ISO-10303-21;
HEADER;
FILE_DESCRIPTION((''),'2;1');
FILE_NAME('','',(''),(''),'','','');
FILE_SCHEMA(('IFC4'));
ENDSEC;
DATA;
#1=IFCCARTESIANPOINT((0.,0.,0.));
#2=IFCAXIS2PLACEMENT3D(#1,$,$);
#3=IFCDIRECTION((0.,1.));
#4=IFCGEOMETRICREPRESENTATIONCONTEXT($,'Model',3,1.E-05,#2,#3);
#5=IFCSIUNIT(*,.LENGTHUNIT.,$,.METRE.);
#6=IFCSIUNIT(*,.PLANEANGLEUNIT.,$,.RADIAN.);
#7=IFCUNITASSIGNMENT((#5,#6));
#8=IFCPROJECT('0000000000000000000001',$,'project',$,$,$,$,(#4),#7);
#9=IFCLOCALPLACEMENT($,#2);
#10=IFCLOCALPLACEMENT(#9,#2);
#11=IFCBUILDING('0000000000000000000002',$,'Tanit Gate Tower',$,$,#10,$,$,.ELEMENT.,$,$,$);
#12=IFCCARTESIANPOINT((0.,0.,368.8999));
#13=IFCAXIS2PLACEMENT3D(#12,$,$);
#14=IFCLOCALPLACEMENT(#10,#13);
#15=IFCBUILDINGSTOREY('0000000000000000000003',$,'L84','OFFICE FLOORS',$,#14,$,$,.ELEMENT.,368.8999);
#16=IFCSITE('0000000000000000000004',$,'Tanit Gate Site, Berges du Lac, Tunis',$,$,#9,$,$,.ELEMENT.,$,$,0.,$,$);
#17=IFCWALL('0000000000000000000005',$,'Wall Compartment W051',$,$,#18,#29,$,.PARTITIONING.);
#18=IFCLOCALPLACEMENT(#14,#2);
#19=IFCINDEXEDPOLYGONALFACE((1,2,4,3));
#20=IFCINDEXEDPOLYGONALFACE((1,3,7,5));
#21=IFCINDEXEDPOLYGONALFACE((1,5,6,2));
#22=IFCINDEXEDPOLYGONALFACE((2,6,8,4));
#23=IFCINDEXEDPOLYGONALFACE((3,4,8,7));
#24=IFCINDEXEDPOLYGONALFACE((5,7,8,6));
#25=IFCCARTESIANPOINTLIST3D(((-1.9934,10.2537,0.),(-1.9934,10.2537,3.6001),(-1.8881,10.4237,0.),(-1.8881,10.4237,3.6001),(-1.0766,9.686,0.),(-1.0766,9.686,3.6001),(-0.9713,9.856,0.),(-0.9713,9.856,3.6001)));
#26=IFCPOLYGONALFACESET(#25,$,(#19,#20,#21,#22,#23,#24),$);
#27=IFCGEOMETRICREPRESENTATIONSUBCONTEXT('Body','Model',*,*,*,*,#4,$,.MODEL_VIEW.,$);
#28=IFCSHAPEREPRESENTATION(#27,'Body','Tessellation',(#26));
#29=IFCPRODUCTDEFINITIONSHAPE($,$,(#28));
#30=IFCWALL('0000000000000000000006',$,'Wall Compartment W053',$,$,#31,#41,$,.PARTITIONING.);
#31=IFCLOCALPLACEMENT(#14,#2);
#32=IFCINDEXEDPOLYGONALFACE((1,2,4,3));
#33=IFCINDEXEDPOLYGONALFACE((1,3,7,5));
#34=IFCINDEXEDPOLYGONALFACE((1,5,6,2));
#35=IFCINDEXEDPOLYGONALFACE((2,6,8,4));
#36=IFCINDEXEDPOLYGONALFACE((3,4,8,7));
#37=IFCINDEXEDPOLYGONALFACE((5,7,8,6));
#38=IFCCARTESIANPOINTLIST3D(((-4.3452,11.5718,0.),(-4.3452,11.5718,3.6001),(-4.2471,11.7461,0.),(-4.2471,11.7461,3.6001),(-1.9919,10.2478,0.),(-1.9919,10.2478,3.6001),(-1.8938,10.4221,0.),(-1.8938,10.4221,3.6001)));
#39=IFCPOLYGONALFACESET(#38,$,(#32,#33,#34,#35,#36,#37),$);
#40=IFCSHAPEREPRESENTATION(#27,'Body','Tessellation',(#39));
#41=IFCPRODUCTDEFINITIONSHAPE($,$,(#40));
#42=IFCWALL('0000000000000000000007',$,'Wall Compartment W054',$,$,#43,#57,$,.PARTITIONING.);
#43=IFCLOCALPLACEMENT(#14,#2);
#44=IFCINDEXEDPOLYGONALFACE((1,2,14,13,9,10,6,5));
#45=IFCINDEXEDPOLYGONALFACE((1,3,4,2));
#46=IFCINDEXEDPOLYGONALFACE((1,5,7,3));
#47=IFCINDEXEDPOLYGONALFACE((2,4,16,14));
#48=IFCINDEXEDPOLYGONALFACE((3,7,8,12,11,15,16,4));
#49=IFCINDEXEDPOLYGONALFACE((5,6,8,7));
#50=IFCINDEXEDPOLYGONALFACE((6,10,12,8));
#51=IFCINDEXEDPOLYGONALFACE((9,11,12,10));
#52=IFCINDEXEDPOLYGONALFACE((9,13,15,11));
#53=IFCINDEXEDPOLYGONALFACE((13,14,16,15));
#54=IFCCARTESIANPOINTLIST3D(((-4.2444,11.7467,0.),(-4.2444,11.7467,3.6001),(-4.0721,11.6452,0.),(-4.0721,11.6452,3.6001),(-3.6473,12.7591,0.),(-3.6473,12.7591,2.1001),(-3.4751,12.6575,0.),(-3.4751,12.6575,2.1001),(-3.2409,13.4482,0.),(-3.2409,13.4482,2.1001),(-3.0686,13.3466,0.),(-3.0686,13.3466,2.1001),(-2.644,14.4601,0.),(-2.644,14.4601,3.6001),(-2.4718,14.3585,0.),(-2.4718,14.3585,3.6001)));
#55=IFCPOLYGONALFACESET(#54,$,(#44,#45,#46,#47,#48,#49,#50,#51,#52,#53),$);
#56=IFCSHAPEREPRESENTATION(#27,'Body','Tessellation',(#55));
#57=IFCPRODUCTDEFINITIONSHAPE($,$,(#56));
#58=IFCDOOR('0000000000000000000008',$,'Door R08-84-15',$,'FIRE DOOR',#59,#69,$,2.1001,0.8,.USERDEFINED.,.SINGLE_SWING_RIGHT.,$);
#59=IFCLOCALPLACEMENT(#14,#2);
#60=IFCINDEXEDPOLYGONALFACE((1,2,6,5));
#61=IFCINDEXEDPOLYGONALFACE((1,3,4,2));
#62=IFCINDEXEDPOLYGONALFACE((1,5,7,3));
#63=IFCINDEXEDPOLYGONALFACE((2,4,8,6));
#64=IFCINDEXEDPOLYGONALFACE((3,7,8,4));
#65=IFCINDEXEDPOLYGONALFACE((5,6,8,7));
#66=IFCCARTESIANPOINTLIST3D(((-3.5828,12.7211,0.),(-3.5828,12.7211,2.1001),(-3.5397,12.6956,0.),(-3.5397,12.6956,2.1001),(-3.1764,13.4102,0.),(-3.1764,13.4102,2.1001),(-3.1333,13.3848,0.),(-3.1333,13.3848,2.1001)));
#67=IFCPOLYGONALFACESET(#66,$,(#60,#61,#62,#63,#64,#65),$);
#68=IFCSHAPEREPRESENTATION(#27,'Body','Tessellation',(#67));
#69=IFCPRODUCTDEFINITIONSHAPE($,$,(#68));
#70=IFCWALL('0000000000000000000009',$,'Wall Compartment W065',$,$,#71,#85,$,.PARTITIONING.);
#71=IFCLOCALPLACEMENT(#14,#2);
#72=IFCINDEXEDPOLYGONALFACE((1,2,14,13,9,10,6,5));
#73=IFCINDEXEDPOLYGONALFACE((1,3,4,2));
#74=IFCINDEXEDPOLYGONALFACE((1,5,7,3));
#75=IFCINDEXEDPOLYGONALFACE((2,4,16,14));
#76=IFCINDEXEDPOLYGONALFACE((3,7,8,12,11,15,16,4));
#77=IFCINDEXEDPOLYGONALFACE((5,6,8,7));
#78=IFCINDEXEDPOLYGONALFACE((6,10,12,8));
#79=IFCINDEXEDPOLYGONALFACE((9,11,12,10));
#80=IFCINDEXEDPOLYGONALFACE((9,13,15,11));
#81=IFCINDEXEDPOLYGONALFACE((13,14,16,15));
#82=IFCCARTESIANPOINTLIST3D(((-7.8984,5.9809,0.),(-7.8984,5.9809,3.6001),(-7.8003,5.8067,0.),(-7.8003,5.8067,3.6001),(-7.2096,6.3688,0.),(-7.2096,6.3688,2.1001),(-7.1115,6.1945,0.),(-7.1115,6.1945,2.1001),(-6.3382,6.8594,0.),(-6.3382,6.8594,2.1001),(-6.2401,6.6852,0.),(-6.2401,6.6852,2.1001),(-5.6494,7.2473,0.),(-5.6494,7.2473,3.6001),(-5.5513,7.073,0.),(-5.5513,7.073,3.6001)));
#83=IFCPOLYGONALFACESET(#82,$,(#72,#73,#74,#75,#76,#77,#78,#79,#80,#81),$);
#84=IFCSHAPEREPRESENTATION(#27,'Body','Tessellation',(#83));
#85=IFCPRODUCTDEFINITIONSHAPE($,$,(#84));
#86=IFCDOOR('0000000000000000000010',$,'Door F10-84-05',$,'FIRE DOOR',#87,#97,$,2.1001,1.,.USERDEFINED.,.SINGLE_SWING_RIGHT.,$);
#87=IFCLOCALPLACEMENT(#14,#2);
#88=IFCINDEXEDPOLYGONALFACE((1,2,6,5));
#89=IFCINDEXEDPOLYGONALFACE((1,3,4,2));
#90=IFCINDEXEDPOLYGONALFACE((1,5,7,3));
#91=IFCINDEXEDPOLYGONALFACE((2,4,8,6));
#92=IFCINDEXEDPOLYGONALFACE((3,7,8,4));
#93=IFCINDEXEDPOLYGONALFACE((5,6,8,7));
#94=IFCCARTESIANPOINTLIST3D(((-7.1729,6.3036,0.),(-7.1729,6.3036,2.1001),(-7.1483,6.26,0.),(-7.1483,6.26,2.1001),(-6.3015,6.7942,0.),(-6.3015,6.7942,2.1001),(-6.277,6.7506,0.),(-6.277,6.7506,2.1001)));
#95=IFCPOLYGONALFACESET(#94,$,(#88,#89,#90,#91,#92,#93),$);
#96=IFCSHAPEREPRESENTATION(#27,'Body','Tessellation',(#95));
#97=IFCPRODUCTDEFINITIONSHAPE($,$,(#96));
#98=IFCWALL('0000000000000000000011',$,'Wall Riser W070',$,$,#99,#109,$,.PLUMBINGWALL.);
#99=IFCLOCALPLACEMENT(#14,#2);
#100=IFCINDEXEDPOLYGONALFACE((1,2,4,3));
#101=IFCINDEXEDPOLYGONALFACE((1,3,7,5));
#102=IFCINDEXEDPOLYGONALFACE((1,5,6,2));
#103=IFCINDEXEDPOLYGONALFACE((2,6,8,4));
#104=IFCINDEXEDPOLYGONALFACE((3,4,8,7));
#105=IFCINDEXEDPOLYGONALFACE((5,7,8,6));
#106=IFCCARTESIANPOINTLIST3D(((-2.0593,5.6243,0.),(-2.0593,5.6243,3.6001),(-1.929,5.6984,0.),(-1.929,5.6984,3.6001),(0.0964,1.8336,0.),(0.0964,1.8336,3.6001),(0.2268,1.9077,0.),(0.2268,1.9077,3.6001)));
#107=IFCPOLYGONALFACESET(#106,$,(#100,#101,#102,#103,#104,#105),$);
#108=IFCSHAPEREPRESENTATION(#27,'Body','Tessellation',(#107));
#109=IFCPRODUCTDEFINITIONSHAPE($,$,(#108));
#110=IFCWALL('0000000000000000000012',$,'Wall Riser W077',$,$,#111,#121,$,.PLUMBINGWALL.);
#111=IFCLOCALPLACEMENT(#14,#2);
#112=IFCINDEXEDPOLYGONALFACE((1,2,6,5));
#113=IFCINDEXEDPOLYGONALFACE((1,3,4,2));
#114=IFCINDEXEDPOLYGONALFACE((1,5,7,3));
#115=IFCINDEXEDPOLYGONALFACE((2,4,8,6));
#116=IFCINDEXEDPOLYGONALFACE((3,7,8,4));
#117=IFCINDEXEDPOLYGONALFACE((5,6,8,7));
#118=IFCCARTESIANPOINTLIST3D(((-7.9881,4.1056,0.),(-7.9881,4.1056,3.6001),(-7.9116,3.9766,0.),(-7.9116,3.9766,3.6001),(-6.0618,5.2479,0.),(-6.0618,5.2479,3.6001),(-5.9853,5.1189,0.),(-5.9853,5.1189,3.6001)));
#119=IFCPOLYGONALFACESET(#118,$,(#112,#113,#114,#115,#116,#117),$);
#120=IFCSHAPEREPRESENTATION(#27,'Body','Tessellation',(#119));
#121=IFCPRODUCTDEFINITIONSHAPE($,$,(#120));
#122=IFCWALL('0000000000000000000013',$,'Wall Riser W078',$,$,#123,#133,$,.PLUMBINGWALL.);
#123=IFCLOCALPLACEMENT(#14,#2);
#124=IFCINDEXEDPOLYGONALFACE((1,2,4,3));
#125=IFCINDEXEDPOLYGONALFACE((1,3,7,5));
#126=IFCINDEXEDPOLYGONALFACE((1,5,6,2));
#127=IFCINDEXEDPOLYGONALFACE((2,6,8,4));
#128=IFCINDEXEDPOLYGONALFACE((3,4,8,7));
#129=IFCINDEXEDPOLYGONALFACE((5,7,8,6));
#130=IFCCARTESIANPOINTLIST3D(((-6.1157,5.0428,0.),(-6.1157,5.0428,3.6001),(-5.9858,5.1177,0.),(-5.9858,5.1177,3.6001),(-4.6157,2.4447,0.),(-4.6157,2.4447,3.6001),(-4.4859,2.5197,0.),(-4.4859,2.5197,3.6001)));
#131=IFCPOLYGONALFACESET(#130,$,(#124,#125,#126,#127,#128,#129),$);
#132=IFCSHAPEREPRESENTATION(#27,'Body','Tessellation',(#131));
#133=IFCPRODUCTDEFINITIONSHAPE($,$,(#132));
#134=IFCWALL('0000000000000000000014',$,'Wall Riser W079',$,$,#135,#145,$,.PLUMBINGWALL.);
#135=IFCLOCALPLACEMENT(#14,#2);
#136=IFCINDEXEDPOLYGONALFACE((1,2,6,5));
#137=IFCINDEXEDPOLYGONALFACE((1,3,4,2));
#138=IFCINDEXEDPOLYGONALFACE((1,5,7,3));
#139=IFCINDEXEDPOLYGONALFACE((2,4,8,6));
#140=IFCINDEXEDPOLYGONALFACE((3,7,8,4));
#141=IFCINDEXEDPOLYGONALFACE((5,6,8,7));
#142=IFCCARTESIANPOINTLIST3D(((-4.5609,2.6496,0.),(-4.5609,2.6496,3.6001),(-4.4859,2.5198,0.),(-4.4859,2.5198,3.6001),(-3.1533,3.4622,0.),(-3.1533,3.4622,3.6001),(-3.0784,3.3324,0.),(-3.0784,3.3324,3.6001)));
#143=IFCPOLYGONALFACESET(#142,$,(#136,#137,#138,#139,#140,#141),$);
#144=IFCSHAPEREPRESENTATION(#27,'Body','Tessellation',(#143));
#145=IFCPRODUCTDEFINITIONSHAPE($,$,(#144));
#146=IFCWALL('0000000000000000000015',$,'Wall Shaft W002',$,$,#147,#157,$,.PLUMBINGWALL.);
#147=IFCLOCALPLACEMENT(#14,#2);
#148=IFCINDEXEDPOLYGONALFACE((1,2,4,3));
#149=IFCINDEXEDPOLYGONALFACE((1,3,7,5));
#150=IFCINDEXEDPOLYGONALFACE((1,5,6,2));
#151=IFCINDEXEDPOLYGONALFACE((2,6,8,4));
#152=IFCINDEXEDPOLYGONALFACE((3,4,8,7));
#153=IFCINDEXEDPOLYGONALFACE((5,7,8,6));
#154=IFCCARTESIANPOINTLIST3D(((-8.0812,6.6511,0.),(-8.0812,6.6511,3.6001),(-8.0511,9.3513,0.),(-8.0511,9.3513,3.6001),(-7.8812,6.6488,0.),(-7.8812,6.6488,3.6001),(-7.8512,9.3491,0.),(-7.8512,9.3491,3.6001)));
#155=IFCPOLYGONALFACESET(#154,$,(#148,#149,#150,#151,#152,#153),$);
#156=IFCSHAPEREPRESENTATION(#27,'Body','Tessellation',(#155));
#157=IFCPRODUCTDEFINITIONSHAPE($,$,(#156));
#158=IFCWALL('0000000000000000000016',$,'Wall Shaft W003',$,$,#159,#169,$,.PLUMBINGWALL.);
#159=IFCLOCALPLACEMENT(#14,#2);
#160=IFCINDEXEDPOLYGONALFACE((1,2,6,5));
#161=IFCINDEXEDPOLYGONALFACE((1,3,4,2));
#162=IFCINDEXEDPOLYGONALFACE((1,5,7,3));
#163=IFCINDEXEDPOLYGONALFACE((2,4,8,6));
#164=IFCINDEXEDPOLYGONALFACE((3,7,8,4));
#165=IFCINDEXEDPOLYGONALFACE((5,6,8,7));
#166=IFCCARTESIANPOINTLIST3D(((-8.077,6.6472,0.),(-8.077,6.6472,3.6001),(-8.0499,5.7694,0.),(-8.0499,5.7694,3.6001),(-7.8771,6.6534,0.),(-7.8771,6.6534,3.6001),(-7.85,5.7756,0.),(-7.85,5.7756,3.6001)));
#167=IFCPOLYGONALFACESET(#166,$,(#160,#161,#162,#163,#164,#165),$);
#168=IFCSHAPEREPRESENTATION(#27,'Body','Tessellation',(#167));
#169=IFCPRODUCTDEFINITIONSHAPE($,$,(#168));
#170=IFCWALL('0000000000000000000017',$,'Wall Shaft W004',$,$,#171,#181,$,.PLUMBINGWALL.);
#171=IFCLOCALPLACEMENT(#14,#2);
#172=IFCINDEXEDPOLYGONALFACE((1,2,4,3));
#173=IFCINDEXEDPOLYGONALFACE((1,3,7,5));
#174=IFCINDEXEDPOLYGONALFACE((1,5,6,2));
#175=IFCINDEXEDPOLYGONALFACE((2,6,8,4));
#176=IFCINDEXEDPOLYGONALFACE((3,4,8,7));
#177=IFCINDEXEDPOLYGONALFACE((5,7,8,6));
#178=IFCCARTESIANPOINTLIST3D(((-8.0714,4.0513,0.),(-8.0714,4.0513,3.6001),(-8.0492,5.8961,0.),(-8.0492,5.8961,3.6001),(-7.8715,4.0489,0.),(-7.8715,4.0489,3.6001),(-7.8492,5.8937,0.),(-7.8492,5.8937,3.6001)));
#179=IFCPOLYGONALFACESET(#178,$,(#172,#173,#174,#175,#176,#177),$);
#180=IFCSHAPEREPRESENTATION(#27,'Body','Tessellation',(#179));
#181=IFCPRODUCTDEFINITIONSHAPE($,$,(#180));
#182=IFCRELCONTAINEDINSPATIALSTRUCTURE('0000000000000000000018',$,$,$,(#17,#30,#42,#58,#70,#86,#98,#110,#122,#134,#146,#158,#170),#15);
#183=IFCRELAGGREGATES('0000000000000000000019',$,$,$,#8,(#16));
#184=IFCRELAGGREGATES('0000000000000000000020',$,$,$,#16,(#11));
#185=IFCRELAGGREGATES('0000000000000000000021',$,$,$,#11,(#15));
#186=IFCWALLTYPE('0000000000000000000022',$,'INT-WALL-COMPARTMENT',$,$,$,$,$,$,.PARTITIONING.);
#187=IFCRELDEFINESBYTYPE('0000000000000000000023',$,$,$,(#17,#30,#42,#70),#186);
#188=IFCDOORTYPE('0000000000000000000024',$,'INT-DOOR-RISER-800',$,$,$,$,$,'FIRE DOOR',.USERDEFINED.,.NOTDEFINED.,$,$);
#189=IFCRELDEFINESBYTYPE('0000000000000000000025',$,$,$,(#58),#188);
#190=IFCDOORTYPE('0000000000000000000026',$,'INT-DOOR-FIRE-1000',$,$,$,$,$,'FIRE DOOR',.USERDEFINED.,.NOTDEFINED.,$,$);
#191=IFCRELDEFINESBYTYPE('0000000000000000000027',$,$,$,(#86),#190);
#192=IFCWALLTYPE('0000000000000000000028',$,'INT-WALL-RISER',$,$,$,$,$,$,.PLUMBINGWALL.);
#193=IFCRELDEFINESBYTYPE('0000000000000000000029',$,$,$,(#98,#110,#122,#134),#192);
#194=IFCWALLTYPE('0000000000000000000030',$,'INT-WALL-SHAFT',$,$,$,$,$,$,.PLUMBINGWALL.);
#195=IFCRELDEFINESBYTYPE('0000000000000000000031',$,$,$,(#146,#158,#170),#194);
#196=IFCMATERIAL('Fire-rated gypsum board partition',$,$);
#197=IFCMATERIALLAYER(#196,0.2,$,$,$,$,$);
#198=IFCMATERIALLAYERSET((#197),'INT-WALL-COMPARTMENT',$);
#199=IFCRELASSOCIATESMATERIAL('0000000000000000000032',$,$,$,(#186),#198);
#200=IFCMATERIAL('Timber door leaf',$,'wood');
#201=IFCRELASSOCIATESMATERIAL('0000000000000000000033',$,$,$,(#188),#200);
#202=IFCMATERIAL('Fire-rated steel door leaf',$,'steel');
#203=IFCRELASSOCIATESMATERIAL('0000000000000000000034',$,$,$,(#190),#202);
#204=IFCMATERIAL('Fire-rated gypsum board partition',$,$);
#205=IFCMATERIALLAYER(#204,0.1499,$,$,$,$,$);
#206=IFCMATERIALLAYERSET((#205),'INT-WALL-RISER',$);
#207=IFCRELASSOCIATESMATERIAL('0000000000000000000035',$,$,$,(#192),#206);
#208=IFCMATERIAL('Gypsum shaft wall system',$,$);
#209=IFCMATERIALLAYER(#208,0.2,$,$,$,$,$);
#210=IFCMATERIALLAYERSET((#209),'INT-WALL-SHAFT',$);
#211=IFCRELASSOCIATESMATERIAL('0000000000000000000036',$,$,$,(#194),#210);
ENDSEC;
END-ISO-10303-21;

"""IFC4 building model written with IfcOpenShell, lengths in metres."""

from ifc_helpers import new_model, si_unit, direction, frame, frame_2d, origin, place, context, subcontext, project, spatial, rectangle, extrude, material, layer, layer_set, type_object, element, fill, save


model = new_model("IFC4")

# Units and contexts
model_context = context("Model", 3, precision=1e-05, world=origin(), true_north=direction((0.0, 1.0)))
body_context = subcontext(model_context, "Body", "Model", "MODEL_VIEW")
ifc_project = project(units=[si_unit("LENGTHUNIT", "METRE"), si_unit("PLANEANGLEUNIT", "RADIAN")], contexts=[model_context])

# Site, building, storey
site_placement = place(None, origin())
site = spatial("IfcSite", under=ifc_project, at=site_placement, Name="Tanit Gate Site, Berges du Lac, Tunis", CompositionType="ELEMENT", RefElevation=0.0)
building_placement = place(site_placement, origin())
building = spatial("IfcBuilding", under=site, at=building_placement, Name="Tanit Gate Tower", CompositionType="ELEMENT")
storey_placement = place(building_placement, frame((0.0, 0.0, 368.8999)))
storey = spatial("IfcBuildingStorey", under=building, at=storey_placement, Name="L84", Description="OFFICE FLOORS", CompositionType="ELEMENT", Elevation=368.8999)

# Walls
ifc_material_1 = material(Name="Fire-rated gypsum board partition")
ifc_layer_1 = layer(ifc_material_1, 0.2)
ifc_layer_set_1 = layer_set([ifc_layer_1], Name="INT-WALL-COMPARTMENT")
wall_type_1 = type_object("IfcWallType", Name="INT-WALL-COMPARTMENT", PredefinedType="PARTITIONING", material=ifc_layer_set_1)
wall_1_placement = place(storey_placement, frame((-1.9407, 10.3386, 0.0), z_axis=(0.0, 0.0, 1.0), x_axis=(0.850217, -0.526433, 0.0)))
element("IfcWall", 1, at=wall_1_placement, inside=storey, type_object=wall_type_1, Name="Wall Compartment W051", PredefinedType="PARTITIONING", context=body_context, shape_type="SweptSolid", body=[
    extrude(rectangle(XDim=1.0784, YDim=0.2, at=frame_2d((0.5391, 0.0))), origin(), (0.0, 0.0, 1.0), 3.6001),
])
wall_2_placement = place(storey_placement, frame((-4.2961, 11.6589, 0.0), z_axis=(0.0, 0.0, 1.0), x_axis=(0.871534, -0.490334, 0.0)))
element("IfcWall", 2, at=wall_2_placement, inside=storey, type_object=wall_type_1, Name="Wall Compartment W053", PredefinedType="PARTITIONING", context=body_context, shape_type="SweptSolid", body=[
    extrude(rectangle(XDim=2.7002, YDim=0.2, at=frame_2d((1.3501, 0.0))), origin(), (0.0, 0.0, 1.0), 3.6001),
])

# Walls, openings, doors
wall_3_placement = place(storey_placement, frame((-2.5579, 14.4094, 0.0), z_axis=(0.0, 0.0, 1.0), x_axis=(-0.508019, -0.861346, 0.0)))
wall_3 = element("IfcWall", 3, at=wall_3_placement, inside=storey, type_object=wall_type_1, Name="Wall Compartment W054", PredefinedType="PARTITIONING", context=body_context, shape_type="SweptSolid", body=[
    extrude(rectangle(XDim=3.1501, YDim=0.2, at=frame_2d((1.5752, 0.0))), origin(), (0.0, 0.0, 1.0), 3.6001),
])
opening_1_placement = place(wall_3_placement, frame((1.175, 0.0, 0.0)))
opening_1 = element("IfcOpeningElement", 4, at=opening_1_placement, cuts=wall_3, PredefinedType="OPENING", context=body_context, shape_type="SweptSolid", body=[
    extrude(rectangle(XDim=0.8, YDim=2.1001, at=frame_2d((0.3999, 1.05))), frame((0.0, 0.1099, 0.0), z_axis=(0.0, -1.0, 0.0), x_axis=(1.0, 0.0, 0.0)), (0.0, 0.0, 1.0), 0.22),
])
ifc_material_2 = material(Name="Timber door leaf", Category="wood")
door_type_1 = type_object("IfcDoorType", Name="INT-DOOR-RISER-800", ElementType="FIRE DOOR", OperationType="NOTDEFINED", PredefinedType="USERDEFINED", material=ifc_material_2)
door_1_placement = place(opening_1_placement, origin())
door_1 = element("IfcDoor", 5, at=door_1_placement, inside=storey, type_object=door_type_1, Name="Door R08-84-15", ObjectType="FIRE DOOR", OperationType="SINGLE_SWING_RIGHT", OverallHeight=2.1001, OverallWidth=0.8, PredefinedType="USERDEFINED", context=body_context, shape_type="SweptSolid", body=[
    extrude(rectangle(XDim=0.8, YDim=2.1001, at=frame_2d((0.3999, 1.05))), frame((0.0, 0.0249, 0.0), z_axis=(0.0, -1.0, 0.0), x_axis=(1.0, 0.0, 0.0)), (0.0, 0.0, 1.0), 0.05),
])
fill(opening_1, door_1)
wall_4_placement = place(storey_placement, frame((-5.6003, 7.1602, 0.0), z_axis=(0.0, 0.0, 1.0), x_axis=(-0.871363, -0.490638, 0.0)))
wall_4 = element("IfcWall", 6, at=wall_4_placement, inside=storey, type_object=wall_type_1, Name="Wall Compartment W065", PredefinedType="PARTITIONING", context=body_context, shape_type="SweptSolid", body=[
    extrude(rectangle(XDim=2.5811, YDim=0.2, at=frame_2d((1.2905, 0.0))), origin(), (0.0, 0.0, 1.0), 3.6001),
])
opening_2_placement = place(wall_4_placement, frame((0.7905, 0.0, 0.0)))
opening_2 = element("IfcOpeningElement", 7, at=opening_2_placement, cuts=wall_4, PredefinedType="OPENING", context=body_context, shape_type="SweptSolid", body=[
    extrude(rectangle(XDim=1.0, YDim=2.1001, at=frame_2d((0.5, 1.05))), frame((0.0, 0.1099, 0.0), z_axis=(0.0, -1.0, 0.0), x_axis=(1.0, 0.0, 0.0)), (0.0, 0.0, 1.0), 0.22),
])
ifc_material_3 = material(Name="Fire-rated steel door leaf", Category="steel")
door_type_2 = type_object("IfcDoorType", Name="INT-DOOR-FIRE-1000", ElementType="FIRE DOOR", OperationType="NOTDEFINED", PredefinedType="USERDEFINED", material=ifc_material_3)
door_2_placement = place(opening_2_placement, origin())
door_2 = element("IfcDoor", 8, at=door_2_placement, inside=storey, type_object=door_type_2, Name="Door F10-84-05", ObjectType="FIRE DOOR", OperationType="SINGLE_SWING_RIGHT", OverallHeight=2.1001, OverallWidth=1.0, PredefinedType="USERDEFINED", context=body_context, shape_type="SweptSolid", body=[
    extrude(rectangle(XDim=1.0, YDim=2.1001, at=frame_2d((0.5, 1.05))), frame((0.0, 0.0249, 0.0), z_axis=(0.0, -1.0, 0.0), x_axis=(1.0, 0.0, 0.0)), (0.0, 0.0, 1.0), 0.05),
])
fill(opening_2, door_2)

# Walls
ifc_material_4 = material(Name="Fire-rated gypsum board partition")
ifc_layer_2 = layer(ifc_material_4, 0.1499)
ifc_layer_set_2 = layer_set([ifc_layer_2], Name="INT-WALL-RISER")
wall_type_2 = type_object("IfcWallType", Name="INT-WALL-RISER", PredefinedType="PLUMBINGWALL", material=ifc_layer_set_2)
wall_5_placement = place(storey_placement, frame((-1.9941, 5.6614, 0.0), z_axis=(0.0, 0.0, 1.0), x_axis=(0.494341, -0.869268, 0.0)))
element("IfcWall", 9, at=wall_5_placement, inside=storey, type_object=wall_type_2, Name="Wall Riser W070", PredefinedType="PLUMBINGWALL", context=body_context, shape_type="SweptSolid", body=[
    extrude(rectangle(XDim=4.3608, YDim=0.1499, at=frame_2d((2.1804, 0.0))), origin(), (0.0, 0.0, 1.0), 3.6001),
])
wall_6_placement = place(storey_placement, frame((-6.0237, 5.1833, 0.0), z_axis=(0.0, 0.0, 1.0), x_axis=(-0.860127, -0.51008, 0.0)))
element("IfcWall", 10, at=wall_6_placement, inside=storey, type_object=wall_type_2, Name="Wall Riser W077", PredefinedType="PLUMBINGWALL", context=body_context, shape_type="SweptSolid", body=[
    extrude(rectangle(XDim=2.2395, YDim=0.1499, at=frame_2d((1.1196, 0.0))), origin(), (0.0, 0.0, 1.0), 3.6001),
])
wall_7_placement = place(storey_placement, frame((-4.5508, 2.4822, 0.0), z_axis=(0.0, 0.0, 1.0), x_axis=(-0.49999, 0.866031, 0.0)))
element("IfcWall", 11, at=wall_7_placement, inside=storey, type_object=wall_type_2, Name="Wall Riser W078", PredefinedType="PLUMBINGWALL", context=body_context, shape_type="SweptSolid", body=[
    extrude(rectangle(XDim=3.0, YDim=0.1499, at=frame_2d((1.5, 0.0))), origin(), (0.0, 0.0, 1.0), 3.6001),
])
wall_8_placement = place(storey_placement, frame((-3.116, 3.3972, 0.0), z_axis=(0.0, 0.0, 1.0), x_axis=(-0.866053, -0.499952, 0.0)))
element("IfcWall", 12, at=wall_8_placement, inside=storey, type_object=wall_type_2, Name="Wall Riser W079", PredefinedType="PLUMBINGWALL", context=body_context, shape_type="SweptSolid", body=[
    extrude(rectangle(XDim=1.6252, YDim=0.1499, at=frame_2d((0.8125, 0.0))), origin(), (0.0, 0.0, 1.0), 3.6001),
])
ifc_material_5 = material(Name="Gypsum shaft wall system")
ifc_layer_3 = layer(ifc_material_5, 0.2)
ifc_layer_set_3 = layer_set([ifc_layer_3], Name="INT-WALL-SHAFT")
wall_type_3 = type_object("IfcWallType", Name="INT-WALL-SHAFT", PredefinedType="PLUMBINGWALL", material=ifc_layer_set_3)
wall_9_placement = place(storey_placement, frame((-7.9512, 9.3501, 0.0), z_axis=(0.0, 0.0, 1.0), x_axis=(-0.01112, -0.999938, 0.0)))
element("IfcWall", 13, at=wall_9_placement, inside=storey, type_object=wall_type_3, Name="Wall Shaft W002", PredefinedType="PLUMBINGWALL", context=body_context, shape_type="SweptSolid", body=[
    extrude(rectangle(XDim=2.7004, YDim=0.2, at=frame_2d((1.3501, 0.0))), origin(), (0.0, 0.0, 1.0), 3.6001),
])
wall_10_placement = place(storey_placement, frame((-7.9771, 6.6501, 0.0), z_axis=(0.0, 0.0, 1.0), x_axis=(0.030862, -0.999524, 0.0)))
element("IfcWall", 14, at=wall_10_placement, inside=storey, type_object=wall_type_3, Name="Wall Shaft W003", PredefinedType="PLUMBINGWALL", context=body_context, shape_type="SweptSolid", body=[
    extrude(rectangle(XDim=0.8782, YDim=0.2, at=frame_2d((0.439, 0.0))), origin(), (0.0, 0.0, 1.0), 3.6001),
])
wall_11_placement = place(storey_placement, frame((-7.9492, 5.8948, 0.0), z_axis=(0.0, 0.0, 1.0), x_axis=(-0.012043, -0.999927, 0.0)))
element("IfcWall", 15, at=wall_11_placement, inside=storey, type_object=wall_type_3, Name="Wall Shaft W004", PredefinedType="PLUMBINGWALL", context=body_context, shape_type="SweptSolid", body=[
    extrude(rectangle(XDim=1.845, YDim=0.2, at=frame_2d((0.9224, 0.0))), origin(), (0.0, 0.0, 1.0), 3.6001),
])

save(model, "model.ifc")
